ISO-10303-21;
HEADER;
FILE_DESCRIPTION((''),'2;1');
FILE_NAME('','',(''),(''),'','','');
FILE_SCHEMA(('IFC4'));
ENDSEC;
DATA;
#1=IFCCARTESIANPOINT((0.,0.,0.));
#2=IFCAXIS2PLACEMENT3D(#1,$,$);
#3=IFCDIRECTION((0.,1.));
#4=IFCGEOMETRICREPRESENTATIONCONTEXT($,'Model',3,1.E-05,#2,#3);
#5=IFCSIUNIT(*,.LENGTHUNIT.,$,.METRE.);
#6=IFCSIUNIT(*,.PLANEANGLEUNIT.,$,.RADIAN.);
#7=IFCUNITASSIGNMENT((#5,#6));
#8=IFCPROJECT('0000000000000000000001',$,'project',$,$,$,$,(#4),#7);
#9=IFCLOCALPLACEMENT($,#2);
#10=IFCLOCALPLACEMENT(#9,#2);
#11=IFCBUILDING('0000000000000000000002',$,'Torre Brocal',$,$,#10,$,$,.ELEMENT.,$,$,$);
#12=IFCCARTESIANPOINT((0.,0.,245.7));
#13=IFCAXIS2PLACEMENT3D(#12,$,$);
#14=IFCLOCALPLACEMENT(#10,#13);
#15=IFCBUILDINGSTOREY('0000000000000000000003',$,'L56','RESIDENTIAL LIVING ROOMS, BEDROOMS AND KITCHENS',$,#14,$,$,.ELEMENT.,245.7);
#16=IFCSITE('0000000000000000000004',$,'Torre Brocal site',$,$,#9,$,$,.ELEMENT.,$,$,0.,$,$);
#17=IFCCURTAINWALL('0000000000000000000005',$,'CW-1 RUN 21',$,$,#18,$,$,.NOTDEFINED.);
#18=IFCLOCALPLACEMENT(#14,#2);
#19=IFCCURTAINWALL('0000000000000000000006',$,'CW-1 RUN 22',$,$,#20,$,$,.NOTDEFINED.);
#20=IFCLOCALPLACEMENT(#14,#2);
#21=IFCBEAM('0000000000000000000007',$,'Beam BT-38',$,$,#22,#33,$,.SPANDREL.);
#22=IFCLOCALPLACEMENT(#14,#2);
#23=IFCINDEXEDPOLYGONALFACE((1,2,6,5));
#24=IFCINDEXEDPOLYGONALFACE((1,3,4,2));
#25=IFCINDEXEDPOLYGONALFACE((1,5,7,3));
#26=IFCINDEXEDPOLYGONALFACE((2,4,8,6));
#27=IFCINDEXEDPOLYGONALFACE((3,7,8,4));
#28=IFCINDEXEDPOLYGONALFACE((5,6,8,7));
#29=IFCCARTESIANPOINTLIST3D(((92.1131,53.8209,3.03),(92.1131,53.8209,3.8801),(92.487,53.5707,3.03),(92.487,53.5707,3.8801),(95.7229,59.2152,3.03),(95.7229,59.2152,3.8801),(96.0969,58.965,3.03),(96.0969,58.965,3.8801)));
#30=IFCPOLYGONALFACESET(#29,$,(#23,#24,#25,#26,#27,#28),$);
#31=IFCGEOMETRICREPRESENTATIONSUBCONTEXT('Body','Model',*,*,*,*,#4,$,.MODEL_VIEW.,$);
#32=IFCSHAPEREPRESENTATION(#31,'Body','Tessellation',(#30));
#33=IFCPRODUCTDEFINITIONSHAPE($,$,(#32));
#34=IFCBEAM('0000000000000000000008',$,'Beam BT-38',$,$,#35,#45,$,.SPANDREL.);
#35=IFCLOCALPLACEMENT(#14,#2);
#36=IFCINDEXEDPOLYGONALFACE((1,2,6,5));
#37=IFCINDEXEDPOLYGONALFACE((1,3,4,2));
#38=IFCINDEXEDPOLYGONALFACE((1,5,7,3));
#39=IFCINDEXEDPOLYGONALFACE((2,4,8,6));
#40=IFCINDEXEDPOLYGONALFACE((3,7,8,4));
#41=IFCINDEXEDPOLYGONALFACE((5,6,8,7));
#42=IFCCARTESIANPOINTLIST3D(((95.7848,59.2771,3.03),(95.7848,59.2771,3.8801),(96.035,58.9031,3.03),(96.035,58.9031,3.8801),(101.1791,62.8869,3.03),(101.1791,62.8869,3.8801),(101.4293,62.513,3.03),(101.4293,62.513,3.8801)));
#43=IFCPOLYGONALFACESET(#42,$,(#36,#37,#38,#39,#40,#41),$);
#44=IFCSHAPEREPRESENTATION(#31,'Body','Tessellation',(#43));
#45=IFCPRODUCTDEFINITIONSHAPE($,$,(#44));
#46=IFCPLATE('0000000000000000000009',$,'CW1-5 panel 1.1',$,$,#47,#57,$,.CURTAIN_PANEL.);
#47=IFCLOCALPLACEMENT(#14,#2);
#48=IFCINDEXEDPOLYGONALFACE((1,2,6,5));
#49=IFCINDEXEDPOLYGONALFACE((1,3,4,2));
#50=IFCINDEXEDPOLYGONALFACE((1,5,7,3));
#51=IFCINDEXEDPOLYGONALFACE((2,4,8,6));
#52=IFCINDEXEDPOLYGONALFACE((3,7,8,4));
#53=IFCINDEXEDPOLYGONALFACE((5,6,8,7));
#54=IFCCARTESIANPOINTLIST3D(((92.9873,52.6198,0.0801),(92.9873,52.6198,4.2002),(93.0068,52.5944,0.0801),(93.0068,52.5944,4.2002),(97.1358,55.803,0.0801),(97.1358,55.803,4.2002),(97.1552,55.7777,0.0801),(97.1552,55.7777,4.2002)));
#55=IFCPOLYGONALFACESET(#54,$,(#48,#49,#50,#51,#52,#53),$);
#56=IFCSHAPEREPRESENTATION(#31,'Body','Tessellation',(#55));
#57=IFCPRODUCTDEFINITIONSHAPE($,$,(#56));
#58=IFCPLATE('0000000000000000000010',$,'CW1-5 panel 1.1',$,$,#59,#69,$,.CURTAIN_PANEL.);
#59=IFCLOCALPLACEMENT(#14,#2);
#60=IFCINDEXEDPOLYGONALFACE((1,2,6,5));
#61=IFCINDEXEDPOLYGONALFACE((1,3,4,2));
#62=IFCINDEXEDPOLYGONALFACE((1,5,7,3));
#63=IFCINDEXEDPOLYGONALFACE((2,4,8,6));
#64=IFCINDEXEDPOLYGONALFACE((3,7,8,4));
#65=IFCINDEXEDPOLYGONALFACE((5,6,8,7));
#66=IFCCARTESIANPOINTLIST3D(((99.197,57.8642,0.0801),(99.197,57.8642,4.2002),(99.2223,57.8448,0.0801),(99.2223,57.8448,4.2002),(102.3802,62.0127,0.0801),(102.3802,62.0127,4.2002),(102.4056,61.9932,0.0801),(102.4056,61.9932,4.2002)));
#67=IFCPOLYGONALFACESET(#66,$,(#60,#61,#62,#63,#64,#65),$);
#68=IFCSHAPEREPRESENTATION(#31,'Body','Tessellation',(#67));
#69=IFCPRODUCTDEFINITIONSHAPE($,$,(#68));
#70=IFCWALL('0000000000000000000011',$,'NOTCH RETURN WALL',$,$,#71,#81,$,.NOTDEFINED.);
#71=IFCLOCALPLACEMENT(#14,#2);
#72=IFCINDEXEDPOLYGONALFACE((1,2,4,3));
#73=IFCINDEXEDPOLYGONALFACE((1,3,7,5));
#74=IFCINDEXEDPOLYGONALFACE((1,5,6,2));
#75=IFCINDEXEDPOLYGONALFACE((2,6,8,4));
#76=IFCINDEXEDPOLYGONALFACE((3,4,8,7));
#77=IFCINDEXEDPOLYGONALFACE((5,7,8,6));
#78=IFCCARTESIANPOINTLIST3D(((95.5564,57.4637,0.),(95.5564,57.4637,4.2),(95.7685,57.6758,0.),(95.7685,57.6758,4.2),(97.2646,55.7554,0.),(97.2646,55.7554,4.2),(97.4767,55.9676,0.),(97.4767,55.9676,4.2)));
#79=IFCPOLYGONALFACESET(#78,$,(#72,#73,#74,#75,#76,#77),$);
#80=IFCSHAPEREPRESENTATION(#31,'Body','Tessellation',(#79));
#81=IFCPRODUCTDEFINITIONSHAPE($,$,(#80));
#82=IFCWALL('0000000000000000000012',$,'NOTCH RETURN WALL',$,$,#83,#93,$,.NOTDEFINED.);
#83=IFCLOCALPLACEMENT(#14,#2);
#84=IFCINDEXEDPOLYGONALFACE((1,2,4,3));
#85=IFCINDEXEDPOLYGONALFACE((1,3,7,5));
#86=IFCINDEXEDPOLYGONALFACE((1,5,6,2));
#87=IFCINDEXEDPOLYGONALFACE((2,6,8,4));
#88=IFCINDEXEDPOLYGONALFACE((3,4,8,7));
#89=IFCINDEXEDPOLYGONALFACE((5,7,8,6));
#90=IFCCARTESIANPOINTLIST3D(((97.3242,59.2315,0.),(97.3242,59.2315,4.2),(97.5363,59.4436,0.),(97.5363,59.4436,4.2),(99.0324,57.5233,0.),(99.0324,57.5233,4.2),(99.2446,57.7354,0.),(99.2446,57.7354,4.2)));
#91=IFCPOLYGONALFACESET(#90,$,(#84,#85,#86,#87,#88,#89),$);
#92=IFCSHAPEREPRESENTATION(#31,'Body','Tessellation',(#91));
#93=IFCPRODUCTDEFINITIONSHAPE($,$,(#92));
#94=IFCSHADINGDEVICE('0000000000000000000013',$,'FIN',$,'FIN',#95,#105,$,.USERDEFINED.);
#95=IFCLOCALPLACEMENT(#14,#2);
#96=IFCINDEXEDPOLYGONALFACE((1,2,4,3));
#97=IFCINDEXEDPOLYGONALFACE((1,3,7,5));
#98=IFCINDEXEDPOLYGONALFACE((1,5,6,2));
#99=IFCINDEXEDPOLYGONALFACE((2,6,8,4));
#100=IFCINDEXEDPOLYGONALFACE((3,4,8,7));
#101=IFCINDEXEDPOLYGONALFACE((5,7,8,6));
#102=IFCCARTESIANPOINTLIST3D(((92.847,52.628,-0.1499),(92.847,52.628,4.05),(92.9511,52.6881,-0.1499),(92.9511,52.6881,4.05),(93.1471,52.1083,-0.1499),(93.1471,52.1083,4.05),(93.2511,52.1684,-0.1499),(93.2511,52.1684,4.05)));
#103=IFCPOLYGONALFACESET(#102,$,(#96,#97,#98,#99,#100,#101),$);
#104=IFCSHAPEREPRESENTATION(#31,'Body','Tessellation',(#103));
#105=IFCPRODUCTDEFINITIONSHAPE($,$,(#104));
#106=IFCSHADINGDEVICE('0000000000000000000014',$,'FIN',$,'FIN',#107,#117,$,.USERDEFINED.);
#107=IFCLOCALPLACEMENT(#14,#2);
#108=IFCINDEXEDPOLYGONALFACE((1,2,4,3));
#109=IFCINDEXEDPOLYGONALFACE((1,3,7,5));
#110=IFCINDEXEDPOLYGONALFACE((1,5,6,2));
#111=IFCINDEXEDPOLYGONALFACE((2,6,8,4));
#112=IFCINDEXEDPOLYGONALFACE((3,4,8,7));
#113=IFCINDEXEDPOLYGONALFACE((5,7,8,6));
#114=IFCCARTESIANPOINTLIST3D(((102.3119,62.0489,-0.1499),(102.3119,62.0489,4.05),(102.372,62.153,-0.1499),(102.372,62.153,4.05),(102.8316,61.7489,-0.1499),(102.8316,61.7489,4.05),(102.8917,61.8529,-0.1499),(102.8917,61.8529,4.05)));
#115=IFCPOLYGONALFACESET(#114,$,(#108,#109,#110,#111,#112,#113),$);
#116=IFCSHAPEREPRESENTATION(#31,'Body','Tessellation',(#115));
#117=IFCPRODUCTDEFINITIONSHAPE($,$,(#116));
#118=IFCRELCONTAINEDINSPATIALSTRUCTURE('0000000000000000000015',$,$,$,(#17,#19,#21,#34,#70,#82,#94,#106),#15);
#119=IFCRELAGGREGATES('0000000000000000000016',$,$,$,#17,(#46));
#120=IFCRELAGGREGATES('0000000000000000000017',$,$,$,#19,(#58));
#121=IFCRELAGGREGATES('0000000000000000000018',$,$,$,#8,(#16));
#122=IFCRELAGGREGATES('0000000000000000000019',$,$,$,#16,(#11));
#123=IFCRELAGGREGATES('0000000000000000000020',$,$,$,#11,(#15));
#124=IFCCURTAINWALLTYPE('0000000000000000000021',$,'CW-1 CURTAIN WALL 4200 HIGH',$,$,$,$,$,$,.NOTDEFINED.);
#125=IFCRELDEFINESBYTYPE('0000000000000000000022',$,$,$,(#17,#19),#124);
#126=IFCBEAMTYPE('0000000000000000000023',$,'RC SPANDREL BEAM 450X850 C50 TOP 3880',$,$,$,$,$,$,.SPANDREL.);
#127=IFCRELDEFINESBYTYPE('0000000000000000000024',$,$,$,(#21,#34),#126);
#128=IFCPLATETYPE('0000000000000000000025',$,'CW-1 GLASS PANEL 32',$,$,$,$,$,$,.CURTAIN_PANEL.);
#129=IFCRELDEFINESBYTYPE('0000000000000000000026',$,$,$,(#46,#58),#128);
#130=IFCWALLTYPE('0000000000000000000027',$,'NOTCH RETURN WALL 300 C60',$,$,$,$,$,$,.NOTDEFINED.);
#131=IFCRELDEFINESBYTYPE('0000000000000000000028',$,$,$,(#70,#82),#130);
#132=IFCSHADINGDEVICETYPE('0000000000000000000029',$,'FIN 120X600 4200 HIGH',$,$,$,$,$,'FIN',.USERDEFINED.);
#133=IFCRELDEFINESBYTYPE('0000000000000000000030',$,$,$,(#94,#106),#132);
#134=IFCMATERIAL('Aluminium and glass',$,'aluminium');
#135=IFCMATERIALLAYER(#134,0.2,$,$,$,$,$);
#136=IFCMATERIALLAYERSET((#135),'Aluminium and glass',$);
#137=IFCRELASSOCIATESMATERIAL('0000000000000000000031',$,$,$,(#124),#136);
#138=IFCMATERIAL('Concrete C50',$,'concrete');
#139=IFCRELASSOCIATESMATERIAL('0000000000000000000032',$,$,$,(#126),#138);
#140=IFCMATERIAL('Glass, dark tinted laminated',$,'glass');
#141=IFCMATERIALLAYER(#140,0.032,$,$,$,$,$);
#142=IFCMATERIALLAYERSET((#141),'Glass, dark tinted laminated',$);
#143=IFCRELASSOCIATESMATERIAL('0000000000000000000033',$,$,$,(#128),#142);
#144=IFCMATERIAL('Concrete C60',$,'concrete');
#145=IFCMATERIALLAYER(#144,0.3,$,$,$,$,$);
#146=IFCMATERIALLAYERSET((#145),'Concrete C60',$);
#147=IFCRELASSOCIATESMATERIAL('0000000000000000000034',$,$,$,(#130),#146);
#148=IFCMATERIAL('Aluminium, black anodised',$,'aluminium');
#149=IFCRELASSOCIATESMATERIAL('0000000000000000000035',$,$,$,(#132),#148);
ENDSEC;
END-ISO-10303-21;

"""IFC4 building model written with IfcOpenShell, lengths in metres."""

from ifc_helpers import new_model, si_unit, direction, frame, frame_2d, origin, origin_2d, place, context, subcontext, project, spatial, rectangle, extrude, material, layer, layer_set, material_profile, profile_set, type_object, element, aggregate, save


model = new_model("IFC4")

# Units and contexts
model_context = context("Model", 3, precision=1e-05, world=origin(), true_north=direction((0.0, 1.0)))
body_context = subcontext(model_context, "Body", "Model", "MODEL_VIEW")
ifc_project = project(units=[si_unit("LENGTHUNIT", "METRE"), si_unit("PLANEANGLEUNIT", "RADIAN")], contexts=[model_context])

# Site, building, storey
site_placement = place(None, origin())
site = spatial("IfcSite", under=ifc_project, at=site_placement, Name="Torre Brocal site", CompositionType="ELEMENT", RefElevation=0.0)
building_placement = place(site_placement, origin())
building = spatial("IfcBuilding", under=site, at=building_placement, Name="Torre Brocal", CompositionType="ELEMENT")
storey_placement = place(building_placement, frame((0.0, 0.0, 245.7)))
storey = spatial("IfcBuildingStorey", under=building, at=storey_placement, Name="L56", Description="RESIDENTIAL LIVING ROOMS, BEDROOMS AND KITCHENS", CompositionType="ELEMENT", Elevation=245.7)

# Shared definitions
ifc_material_1 = material(Name="Aluminium and glass", Category="aluminium")
ifc_layer_1 = layer(ifc_material_1, 0.2)
ifc_layer_set_1 = layer_set([ifc_layer_1], Name="Aluminium and glass")
curtain_wall_type = type_object("IfcCurtainWallType", Name="CW-1 CURTAIN WALL 4200 HIGH", PredefinedType="NOTDEFINED", material=ifc_layer_set_1)

# Curtain walls
curtain_wall_1_placement = place(storey_placement, origin())
curtain_wall_1 = element("IfcCurtainWall", 1, at=curtain_wall_1_placement, inside=storey, type_object=curtain_wall_type, Name="CW-1 RUN 21", PredefinedType="NOTDEFINED")
curtain_wall_2_placement = place(storey_placement, origin())
curtain_wall_2 = element("IfcCurtainWall", 2, at=curtain_wall_2_placement, inside=storey, type_object=curtain_wall_type, Name="CW-1 RUN 22", PredefinedType="NOTDEFINED")

# Beams
ifc_material_2 = material(Name="Concrete C50", Category="concrete")
ifc_material_profile_1 = material_profile(ifc_material_2, rectangle(XDim=0.45, YDim=0.8501, at=origin_2d()), Name="RC 450X850")
ifc_profile_set_1 = profile_set([ifc_material_profile_1], Name="Concrete C50")
beam_type_1 = type_object("IfcBeamType", Name="RC SPANDREL BEAM 450X850 C50 TOP 3880", PredefinedType="SPANDREL", material=ifc_profile_set_1)
for number, where, z_axis, x_axis, name in (
    (3, (92.3, 53.6958, 3.4551), (0.556158, 0.831077, 0.0), (-0.831077, 0.556158, 0.0), "Beam BT-38"),
    (4, (95.9099, 59.0901, 3.4551), (0.831077, 0.556158, 0.0), (-0.556158, 0.831077, 0.0), "Beam BT-38"),
):
    element("IfcBeam", number, at=place(storey_placement, frame(where, z_axis=z_axis, x_axis=x_axis)), inside=storey, type_object=beam_type_1, Name=name, PredefinedType="SPANDREL", context=body_context, shape_type="SweptSolid", body=[
        extrude(rectangle(XDim=0.45, YDim=0.8501, at=origin_2d()), origin(), (0.0, 0.0, 1.0), 6.4907),
    ])

# Plates
ifc_material_3 = material(Name="Glass, dark tinted laminated", Category="glass")
ifc_layer_2 = layer(ifc_material_3, 0.032)
ifc_layer_set_2 = layer_set([ifc_layer_2], Name="Glass, dark tinted laminated")
plate_type = type_object("IfcPlateType", Name="CW-1 GLASS PANEL 32", PredefinedType="CURTAIN_PANEL", material=ifc_layer_set_2)
plate_1_placement = place(storey_placement, frame((95.0713, 54.1987, 0.0801), z_axis=(0.0, 0.0, 1.0), x_axis=(0.793353, 0.608761, 0.0)))
plate_1 = element("IfcPlate", 5, at=plate_1_placement, type_object=plate_type, Name="CW1-5 panel 1.1", PredefinedType="CURTAIN_PANEL", context=body_context, shape_type="SweptSolid", body=[
    extrude(rectangle(XDim=5.229, YDim=0.032, at=origin_2d()), origin(), (0.0, 0.0, 1.0), 4.1201),
])
aggregate(curtain_wall_1, [plate_1])
plate_2_placement = place(storey_placement, frame((100.8013, 59.9287, 0.0801), z_axis=(0.0, 0.0, 1.0), x_axis=(0.608761, 0.793353, 0.0)))
plate_2 = element("IfcPlate", 6, at=plate_2_placement, type_object=plate_type, Name="CW1-5 panel 1.1", PredefinedType="CURTAIN_PANEL", context=body_context, shape_type="SweptSolid", body=[
    extrude(rectangle(XDim=5.229, YDim=0.032, at=origin_2d()), origin(), (0.0, 0.0, 1.0), 4.1201),
])
aggregate(curtain_wall_2, [plate_2])

# Walls
ifc_material_4 = material(Name="Concrete C60", Category="concrete")
ifc_layer_3 = layer(ifc_material_4, 0.3)
ifc_layer_set_3 = layer_set([ifc_layer_3], Name="Concrete C60")
wall_type = type_object("IfcWallType", Name="NOTCH RETURN WALL 300 C60", PredefinedType="NOTDEFINED", material=ifc_layer_set_3)
for number, where, z_axis, x_axis, name in (
    (7, (95.6624, 57.5698, 0.0), (0.0, 0.0, 1.0), (0.707107, -0.707107, 0.0), "NOTCH RETURN WALL"),
    (8, (97.4302, 59.3376, 0.0), (0.0, 0.0, 1.0), (0.707107, -0.707107, 0.0), "NOTCH RETURN WALL"),
):
    element("IfcWall", number, at=place(storey_placement, frame(where, z_axis=z_axis, x_axis=x_axis)), inside=storey, type_object=wall_type, Name=name, PredefinedType="NOTDEFINED", context=body_context, shape_type="SweptSolid", body=[
        extrude(rectangle(XDim=2.4158, YDim=0.3, at=frame_2d((1.208, 0.0))), origin(), (0.0, 0.0, 1.0), 4.2),
    ])

# Shading devices
ifc_material_5 = material(Name="Aluminium, black anodised", Category="aluminium")
ifc_material_profile_2 = material_profile(ifc_material_5, rectangle(XDim=0.1201, YDim=0.6001, at=origin_2d()), Name="FIN 120X600 4200 HIGH")
ifc_profile_set_2 = profile_set([ifc_material_profile_2], Name="Aluminium, black anodised")
shading_device_type = type_object("IfcShadingDeviceType", Name="FIN 120X600 4200 HIGH", ElementType="FIN", PredefinedType="USERDEFINED", material=ifc_profile_set_2)
for number, where, z_axis, x_axis, name in (
    (9, (93.0491, 52.3982, -0.1499), (0.0, 0.0, 1.0), (0.866025, 0.5, 0.0), "FIN"),
    (10, (102.6018, 61.9509, -0.1499), (0.0, 0.0, 1.0), (0.5, 0.866025, 0.0), "FIN"),
):
    element("IfcShadingDevice", number, at=place(storey_placement, frame(where, z_axis=z_axis, x_axis=x_axis)), inside=storey, type_object=shading_device_type, Name=name, ObjectType="FIN", PredefinedType="USERDEFINED", context=body_context, shape_type="SweptSolid", body=[
        extrude(rectangle(XDim=0.1201, YDim=0.6001, at=origin_2d()), origin(), (0.0, 0.0, 1.0), 4.2),
    ])

save(model, "model.ifc")
